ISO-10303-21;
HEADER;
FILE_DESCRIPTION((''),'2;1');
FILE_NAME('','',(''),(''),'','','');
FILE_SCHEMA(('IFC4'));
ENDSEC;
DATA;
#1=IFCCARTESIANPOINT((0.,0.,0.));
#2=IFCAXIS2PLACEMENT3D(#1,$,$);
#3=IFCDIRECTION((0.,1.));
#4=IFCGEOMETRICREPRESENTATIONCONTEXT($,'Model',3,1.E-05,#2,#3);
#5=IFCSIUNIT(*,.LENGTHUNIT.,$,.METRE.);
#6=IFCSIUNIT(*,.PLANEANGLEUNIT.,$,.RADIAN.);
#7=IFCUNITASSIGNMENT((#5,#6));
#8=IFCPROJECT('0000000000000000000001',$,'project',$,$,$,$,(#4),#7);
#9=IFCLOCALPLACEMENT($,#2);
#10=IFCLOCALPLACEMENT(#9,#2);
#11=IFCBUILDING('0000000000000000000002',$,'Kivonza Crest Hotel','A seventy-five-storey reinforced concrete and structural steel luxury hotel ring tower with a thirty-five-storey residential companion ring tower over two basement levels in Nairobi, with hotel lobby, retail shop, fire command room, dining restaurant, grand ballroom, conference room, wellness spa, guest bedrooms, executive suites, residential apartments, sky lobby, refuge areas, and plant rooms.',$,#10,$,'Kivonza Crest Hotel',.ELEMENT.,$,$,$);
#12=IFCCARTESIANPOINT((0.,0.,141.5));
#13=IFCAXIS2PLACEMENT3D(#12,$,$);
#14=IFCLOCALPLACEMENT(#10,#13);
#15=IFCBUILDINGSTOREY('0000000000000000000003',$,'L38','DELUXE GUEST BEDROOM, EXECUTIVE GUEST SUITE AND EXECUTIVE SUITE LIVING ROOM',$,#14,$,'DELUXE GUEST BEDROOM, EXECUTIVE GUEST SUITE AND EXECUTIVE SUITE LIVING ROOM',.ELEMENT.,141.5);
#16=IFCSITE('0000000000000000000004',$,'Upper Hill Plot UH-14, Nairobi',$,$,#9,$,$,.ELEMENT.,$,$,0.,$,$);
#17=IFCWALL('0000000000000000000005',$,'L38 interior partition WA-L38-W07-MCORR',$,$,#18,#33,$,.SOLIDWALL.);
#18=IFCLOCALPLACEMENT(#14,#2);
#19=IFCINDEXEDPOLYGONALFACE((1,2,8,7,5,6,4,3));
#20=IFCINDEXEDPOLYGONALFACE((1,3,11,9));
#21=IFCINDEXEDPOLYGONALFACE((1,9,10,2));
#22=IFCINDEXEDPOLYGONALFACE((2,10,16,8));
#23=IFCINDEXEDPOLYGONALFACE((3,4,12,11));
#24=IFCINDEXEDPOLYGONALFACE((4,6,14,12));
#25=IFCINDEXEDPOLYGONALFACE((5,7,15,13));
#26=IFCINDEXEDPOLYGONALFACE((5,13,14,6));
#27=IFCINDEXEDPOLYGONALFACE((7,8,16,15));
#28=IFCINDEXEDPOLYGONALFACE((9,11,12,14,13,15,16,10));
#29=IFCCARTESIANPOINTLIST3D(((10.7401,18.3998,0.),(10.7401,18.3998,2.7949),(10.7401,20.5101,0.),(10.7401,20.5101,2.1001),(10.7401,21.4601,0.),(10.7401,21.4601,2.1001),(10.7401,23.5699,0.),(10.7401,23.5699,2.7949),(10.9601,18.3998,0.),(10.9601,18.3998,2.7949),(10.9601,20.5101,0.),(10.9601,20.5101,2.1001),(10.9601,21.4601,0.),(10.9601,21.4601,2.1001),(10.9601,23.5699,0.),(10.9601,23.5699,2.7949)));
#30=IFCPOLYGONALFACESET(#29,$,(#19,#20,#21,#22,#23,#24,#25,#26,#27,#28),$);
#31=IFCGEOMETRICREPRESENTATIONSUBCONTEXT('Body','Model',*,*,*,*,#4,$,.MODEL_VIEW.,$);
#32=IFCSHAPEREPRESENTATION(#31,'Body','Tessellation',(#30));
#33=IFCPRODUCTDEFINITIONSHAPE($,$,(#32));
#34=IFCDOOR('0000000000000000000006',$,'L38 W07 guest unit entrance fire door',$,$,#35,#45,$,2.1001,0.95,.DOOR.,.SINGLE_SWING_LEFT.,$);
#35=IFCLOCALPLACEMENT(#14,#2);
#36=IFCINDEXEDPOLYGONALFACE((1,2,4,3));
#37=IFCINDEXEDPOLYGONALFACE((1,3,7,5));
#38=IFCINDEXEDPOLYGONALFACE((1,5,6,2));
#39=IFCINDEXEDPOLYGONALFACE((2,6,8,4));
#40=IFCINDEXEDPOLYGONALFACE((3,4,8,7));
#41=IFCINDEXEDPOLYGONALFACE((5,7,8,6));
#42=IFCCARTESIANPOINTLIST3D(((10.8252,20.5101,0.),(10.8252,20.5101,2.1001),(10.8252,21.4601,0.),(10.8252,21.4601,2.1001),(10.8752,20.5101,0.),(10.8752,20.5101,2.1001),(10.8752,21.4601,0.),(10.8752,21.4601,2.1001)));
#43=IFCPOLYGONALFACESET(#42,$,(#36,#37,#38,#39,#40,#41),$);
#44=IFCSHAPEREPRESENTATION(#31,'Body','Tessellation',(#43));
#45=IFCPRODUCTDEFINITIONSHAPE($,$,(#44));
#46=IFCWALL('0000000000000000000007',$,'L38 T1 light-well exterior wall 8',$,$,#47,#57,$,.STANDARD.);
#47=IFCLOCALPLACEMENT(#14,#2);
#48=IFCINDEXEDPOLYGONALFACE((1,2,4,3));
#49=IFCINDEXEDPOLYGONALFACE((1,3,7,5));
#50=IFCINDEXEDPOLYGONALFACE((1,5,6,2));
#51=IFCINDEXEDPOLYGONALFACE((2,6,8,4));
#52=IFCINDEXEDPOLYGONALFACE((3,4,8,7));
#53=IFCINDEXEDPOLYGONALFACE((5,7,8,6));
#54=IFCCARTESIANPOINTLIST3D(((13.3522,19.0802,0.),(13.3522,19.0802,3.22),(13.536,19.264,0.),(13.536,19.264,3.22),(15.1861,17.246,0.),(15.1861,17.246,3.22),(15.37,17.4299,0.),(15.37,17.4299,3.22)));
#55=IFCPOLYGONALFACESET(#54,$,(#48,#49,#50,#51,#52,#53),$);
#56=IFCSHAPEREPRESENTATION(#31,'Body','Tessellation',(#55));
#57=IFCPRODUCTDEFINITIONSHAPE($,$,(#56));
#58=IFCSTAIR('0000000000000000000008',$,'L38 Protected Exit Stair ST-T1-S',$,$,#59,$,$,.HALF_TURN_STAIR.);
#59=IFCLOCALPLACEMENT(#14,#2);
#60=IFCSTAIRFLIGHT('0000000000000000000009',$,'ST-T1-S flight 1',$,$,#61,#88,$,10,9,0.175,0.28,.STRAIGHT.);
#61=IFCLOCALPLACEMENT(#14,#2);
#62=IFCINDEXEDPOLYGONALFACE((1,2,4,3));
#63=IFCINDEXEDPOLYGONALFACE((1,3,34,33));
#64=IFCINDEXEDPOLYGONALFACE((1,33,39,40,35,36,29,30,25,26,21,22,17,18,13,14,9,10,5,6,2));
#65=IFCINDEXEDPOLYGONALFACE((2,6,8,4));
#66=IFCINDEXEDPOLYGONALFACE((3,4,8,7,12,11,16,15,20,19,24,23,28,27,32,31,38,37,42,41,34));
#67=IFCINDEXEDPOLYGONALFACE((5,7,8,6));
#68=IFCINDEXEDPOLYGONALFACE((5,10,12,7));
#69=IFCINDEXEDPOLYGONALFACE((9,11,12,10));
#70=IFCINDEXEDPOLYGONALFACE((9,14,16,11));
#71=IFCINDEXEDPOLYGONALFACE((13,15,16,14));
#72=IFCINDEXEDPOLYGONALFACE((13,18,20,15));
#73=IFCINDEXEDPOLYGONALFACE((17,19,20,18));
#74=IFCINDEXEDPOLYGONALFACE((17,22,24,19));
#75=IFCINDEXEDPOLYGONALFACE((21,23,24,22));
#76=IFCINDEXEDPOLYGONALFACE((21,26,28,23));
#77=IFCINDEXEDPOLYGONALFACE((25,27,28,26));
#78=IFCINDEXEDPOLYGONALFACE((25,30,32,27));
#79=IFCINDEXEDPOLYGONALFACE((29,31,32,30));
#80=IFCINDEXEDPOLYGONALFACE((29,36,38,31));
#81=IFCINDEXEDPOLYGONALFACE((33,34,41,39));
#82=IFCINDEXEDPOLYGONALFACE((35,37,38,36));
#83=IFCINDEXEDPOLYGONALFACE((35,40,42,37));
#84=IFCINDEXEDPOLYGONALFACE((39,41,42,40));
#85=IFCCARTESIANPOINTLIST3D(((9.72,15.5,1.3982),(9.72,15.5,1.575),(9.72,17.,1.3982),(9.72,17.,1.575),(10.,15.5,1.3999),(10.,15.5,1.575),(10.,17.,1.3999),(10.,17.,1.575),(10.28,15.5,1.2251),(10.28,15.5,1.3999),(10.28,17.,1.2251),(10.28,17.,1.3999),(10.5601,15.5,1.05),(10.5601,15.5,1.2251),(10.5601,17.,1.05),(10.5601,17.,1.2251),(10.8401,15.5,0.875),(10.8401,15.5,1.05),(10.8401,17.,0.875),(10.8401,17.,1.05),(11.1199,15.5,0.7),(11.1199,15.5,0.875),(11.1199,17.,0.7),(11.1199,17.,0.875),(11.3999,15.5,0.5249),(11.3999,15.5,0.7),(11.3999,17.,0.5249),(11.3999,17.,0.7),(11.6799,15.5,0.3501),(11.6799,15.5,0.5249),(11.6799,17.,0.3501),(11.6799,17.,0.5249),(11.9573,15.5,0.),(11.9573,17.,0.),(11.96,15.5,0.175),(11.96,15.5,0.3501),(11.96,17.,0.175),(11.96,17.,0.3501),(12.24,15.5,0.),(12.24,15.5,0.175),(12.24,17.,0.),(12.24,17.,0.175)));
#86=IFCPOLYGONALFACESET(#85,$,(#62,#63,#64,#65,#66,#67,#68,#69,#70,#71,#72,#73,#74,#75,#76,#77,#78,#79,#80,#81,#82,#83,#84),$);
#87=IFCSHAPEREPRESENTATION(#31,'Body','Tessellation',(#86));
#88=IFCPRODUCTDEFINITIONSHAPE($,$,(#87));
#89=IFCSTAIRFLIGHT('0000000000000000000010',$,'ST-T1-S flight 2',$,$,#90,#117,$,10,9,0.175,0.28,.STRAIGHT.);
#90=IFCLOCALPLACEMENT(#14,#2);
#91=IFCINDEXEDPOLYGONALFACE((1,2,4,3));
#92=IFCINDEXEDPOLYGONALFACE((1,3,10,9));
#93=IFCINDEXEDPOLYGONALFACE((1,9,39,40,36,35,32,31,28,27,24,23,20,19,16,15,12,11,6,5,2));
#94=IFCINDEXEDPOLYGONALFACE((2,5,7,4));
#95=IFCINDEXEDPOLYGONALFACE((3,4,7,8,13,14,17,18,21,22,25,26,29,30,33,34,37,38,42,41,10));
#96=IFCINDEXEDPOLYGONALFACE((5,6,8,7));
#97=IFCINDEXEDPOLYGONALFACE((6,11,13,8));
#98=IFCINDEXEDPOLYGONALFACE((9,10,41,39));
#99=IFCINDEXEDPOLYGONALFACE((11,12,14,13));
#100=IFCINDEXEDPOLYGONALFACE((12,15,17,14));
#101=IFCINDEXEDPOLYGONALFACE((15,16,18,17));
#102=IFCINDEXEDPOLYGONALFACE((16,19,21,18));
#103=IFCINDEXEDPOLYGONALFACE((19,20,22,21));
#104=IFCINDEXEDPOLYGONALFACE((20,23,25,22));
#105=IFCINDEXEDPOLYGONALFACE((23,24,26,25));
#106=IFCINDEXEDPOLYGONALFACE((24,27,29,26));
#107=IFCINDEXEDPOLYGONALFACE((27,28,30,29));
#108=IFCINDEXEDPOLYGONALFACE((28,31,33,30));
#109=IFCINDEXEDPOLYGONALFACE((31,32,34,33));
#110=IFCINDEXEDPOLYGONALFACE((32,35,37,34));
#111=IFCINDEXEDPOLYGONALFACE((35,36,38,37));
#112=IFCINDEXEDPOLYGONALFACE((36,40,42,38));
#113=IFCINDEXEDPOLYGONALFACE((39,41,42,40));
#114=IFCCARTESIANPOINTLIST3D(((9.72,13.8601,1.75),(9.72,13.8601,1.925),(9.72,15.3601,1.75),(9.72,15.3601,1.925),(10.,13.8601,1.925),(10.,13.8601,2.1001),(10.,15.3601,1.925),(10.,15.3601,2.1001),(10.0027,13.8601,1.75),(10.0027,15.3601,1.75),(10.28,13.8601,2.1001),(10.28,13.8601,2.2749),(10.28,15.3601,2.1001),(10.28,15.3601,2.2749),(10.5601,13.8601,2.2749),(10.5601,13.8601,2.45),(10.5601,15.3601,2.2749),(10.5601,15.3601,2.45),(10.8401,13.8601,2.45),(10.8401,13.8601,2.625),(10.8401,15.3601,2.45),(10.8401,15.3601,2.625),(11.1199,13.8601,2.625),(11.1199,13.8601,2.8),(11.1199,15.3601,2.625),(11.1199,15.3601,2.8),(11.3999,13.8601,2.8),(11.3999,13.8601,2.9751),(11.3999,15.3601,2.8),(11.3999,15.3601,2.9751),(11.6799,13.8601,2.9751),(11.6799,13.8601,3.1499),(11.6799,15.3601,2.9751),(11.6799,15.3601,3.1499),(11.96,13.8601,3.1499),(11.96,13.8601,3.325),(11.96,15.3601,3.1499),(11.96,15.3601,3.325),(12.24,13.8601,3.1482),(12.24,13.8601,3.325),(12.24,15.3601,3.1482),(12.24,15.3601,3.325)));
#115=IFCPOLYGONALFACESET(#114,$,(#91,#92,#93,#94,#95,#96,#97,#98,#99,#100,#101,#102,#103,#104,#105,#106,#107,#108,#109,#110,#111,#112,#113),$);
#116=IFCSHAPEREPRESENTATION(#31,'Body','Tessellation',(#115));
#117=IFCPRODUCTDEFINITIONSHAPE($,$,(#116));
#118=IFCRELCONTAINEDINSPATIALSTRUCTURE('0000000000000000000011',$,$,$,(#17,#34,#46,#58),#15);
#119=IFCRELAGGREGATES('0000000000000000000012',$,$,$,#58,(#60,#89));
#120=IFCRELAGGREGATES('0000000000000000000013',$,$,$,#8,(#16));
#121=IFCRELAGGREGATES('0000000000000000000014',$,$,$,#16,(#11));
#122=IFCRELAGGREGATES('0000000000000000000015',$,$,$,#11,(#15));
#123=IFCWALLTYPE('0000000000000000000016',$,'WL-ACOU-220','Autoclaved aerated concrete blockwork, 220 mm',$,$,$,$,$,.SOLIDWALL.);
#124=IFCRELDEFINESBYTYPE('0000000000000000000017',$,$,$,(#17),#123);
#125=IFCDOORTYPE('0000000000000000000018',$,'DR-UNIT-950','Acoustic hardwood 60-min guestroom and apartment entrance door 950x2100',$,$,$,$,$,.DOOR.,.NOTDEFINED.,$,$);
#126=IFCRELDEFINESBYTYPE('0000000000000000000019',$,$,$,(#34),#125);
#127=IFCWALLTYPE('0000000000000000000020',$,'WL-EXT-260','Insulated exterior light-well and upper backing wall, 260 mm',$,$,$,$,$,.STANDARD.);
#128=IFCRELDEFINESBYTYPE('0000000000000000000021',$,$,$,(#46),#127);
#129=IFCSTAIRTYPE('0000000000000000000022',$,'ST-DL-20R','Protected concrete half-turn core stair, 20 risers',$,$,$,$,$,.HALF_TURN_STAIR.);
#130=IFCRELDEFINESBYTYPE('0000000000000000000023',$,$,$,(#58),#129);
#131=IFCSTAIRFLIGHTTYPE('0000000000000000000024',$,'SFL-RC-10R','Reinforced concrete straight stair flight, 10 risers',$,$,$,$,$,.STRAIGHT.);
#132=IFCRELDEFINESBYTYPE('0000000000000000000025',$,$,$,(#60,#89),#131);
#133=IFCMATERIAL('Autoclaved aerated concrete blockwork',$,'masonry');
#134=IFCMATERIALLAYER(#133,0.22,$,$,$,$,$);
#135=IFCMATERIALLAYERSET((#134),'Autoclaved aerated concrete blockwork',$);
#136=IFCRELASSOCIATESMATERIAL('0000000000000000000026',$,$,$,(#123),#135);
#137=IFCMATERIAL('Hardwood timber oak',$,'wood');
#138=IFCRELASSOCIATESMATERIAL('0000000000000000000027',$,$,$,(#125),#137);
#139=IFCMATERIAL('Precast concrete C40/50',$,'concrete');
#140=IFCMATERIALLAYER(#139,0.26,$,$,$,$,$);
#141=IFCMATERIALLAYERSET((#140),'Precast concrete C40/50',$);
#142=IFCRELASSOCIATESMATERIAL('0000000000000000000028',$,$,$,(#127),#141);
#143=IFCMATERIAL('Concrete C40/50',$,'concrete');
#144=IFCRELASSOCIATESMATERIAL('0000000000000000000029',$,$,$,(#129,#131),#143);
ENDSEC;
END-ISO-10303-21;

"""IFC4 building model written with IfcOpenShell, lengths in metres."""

from ifc_helpers import new_model, si_unit, direction, frame, frame_2d, origin, place, context, subcontext, project, spatial, polyline, rectangle, outline, extrude, material, layer, layer_set, type_object, element, fill, aggregate, save


model = new_model("IFC4")

# Units and contexts
model_context = context("Model", 3, precision=1e-05, world=origin(), true_north=direction((0.0, 1.0)))
body_context = subcontext(model_context, "Body", "Model", "MODEL_VIEW")
ifc_project = project(units=[si_unit("LENGTHUNIT", "METRE"), si_unit("PLANEANGLEUNIT", "RADIAN")], contexts=[model_context])

# Site, building, storey
site_placement = place(None, origin())
site = spatial("IfcSite", under=ifc_project, at=site_placement, Name="Upper Hill Plot UH-14, Nairobi", CompositionType="ELEMENT", RefElevation=0.0)
building_placement = place(site_placement, origin())
building = spatial("IfcBuilding", under=site, at=building_placement, Name="Kivonza Crest Hotel", Description="A seventy-five-storey reinforced concrete and structural steel luxury hotel ring tower with a thirty-five-storey residential companion ring tower over two basement levels in Nairobi, with hotel lobby, retail shop, fire command room, dining restaurant, grand ballroom, conference room, wellness spa, guest bedrooms, executive suites, residential apartments, sky lobby, refuge areas, and plant rooms.", LongName="Kivonza Crest Hotel", CompositionType="ELEMENT")
storey_placement = place(building_placement, frame((0.0, 0.0, 141.5)))
storey = spatial("IfcBuildingStorey", under=building, at=storey_placement, Name="L38", Description="DELUXE GUEST BEDROOM, EXECUTIVE GUEST SUITE AND EXECUTIVE SUITE LIVING ROOM", LongName="DELUXE GUEST BEDROOM, EXECUTIVE GUEST SUITE AND EXECUTIVE SUITE LIVING ROOM", CompositionType="ELEMENT", Elevation=141.5)

# Shared definitions
ifc_material_1 = material(Name="Autoclaved aerated concrete blockwork", Category="masonry")
ifc_layer_1 = layer(ifc_material_1, 0.22)
ifc_layer_set_1 = layer_set([ifc_layer_1], Name="Autoclaved aerated concrete blockwork")
wall_type_1 = type_object("IfcWallType", Name="WL-ACOU-220", Description="Autoclaved aerated concrete blockwork, 220 mm", PredefinedType="SOLIDWALL", material=ifc_layer_set_1)
ifc_material_2 = material(Name="Hardwood timber oak", Category="wood")
door_type_1 = type_object("IfcDoorType", Name="DR-UNIT-950", Description="Acoustic hardwood 60-min guestroom and apartment entrance door 950x2100", OperationType="NOTDEFINED", PredefinedType="DOOR", material=ifc_material_2)

# Wall, opening, door
wall_1_placement = place(storey_placement, frame((10.8501, 18.3999, 0.0), z_axis=(0.0, 0.0, 1.0), x_axis=(0.0, 1.0, 0.0)))
wall_1 = element("IfcWall", 1, at=wall_1_placement, inside=storey, type_object=wall_type_1, Name="L38 interior partition WA-L38-W07-MCORR", PredefinedType="SOLIDWALL", context=body_context, shape_type="SweptSolid", body=[
    extrude(rectangle(XDim=5.1702, YDim=0.22, at=frame_2d((2.585, 0.0))), origin(), (0.0, 0.0, 1.0), 2.7949),
])
opening_1_placement = place(wall_1_placement, frame((2.1101, 0.0, 0.0)))
opening_1 = element("IfcOpeningElement", 2, at=opening_1_placement, cuts=wall_1, PredefinedType="OPENING", context=body_context, shape_type="SweptSolid", body=[
    extrude(rectangle(XDim=0.95, YDim=2.1001, at=frame_2d((0.4751, 1.05))), frame((0.0, 0.1201, 0.0), z_axis=(0.0, -1.0, 0.0), x_axis=(1.0, 0.0, 0.0)), (0.0, 0.0, 1.0), 0.24),
])
door_1_placement = place(opening_1_placement, origin())
door_1 = element("IfcDoor", 3, at=door_1_placement, inside=storey, type_object=door_type_1, Name="L38 W07 guest unit entrance fire door", OperationType="SINGLE_SWING_LEFT", OverallHeight=2.1001, OverallWidth=0.95, PredefinedType="DOOR", context=body_context, shape_type="SweptSolid", body=[
    extrude(rectangle(XDim=0.95, YDim=2.1001, at=frame_2d((0.4751, 1.05))), frame((0.0, 0.0249, 0.0), z_axis=(0.0, -1.0, 0.0), x_axis=(1.0, 0.0, 0.0)), (0.0, 0.0, 1.0), 0.05),
])
fill(opening_1, door_1)

# Wall
ifc_material_3 = material(Name="Precast concrete C40/50", Category="concrete")
ifc_layer_2 = layer(ifc_material_3, 0.26)
ifc_layer_set_2 = layer_set([ifc_layer_2], Name="Precast concrete C40/50")
wall_type_2 = type_object("IfcWallType", Name="WL-EXT-260", Description="Insulated exterior light-well and upper backing wall, 260 mm", PredefinedType="STANDARD", material=ifc_layer_set_2)
wall_2_placement = place(storey_placement, frame((13.4441, 19.1721, 0.0), z_axis=(0.0, 0.0, 1.0), x_axis=(0.70706, -0.707154, 0.0)))
element("IfcWall", 4, at=wall_2_placement, inside=storey, type_object=wall_type_2, Name="L38 T1 light-well exterior wall 8", PredefinedType="STANDARD", context=body_context, shape_type="SweptSolid", body=[
    extrude(rectangle(XDim=2.5938, YDim=0.26, at=frame_2d((1.2969, 0.0))), origin(), (0.0, 0.0, 1.0), 3.22),
])

# Stair, stair flights
ifc_material_4 = material(Name="Concrete C40/50", Category="concrete")
stair_type = type_object("IfcStairType", Name="ST-DL-20R", Description="Protected concrete half-turn core stair, 20 risers", PredefinedType="HALF_TURN_STAIR", material=ifc_material_4)
stair_placement = place(storey_placement, origin())
stair = element("IfcStair", 5, at=stair_placement, inside=storey, type_object=stair_type, Name="L38 Protected Exit Stair ST-T1-S", PredefinedType="HALF_TURN_STAIR")
stair_flight_type = type_object("IfcStairFlightType", Name="SFL-RC-10R", Description="Reinforced concrete straight stair flight, 10 risers", PredefinedType="STRAIGHT", material=ifc_material_4)
stair_flight_1_placement = place(storey_placement, frame((12.24, 16.25, 0.0), z_axis=(0.0, 0.0, 1.0), x_axis=(-1.0, 0.0, 0.0)))
stair_flight_1 = element("IfcStairFlight", 6, at=stair_flight_1_placement, type_object=stair_flight_type, Name="ST-T1-S flight 1", NumberOfRisers=10, NumberOfTreads=9, PredefinedType="STRAIGHT", RiserHeight=0.175, TreadLength=0.28, context=body_context, shape_type="SweptSolid", body=[
    extrude(outline(polyline([(0.0, 0.0), (0.0, 0.175), (0.28, 0.175), (0.28, 0.3501), (0.5601, 0.3501), (0.5601, 0.5249), (0.8401, 0.5249), (0.8401, 0.7), (1.1201, 0.7), (1.1201, 0.875), (1.3999, 0.875), (1.3999, 1.05), (1.6799, 1.05), (1.6799, 1.2251), (1.96, 1.2251), (1.96, 1.3999), (2.24, 1.3999), (2.24, 1.575), (2.52, 1.575), (2.52, 1.75), (2.52, 1.3982), (0.2827, 0.0), (0.0, 0.0)])), frame((0.0, 0.75, 0.0), z_axis=(0.0, -1.0, 0.0), x_axis=(1.0, 0.0, 0.0)), (0.0, 0.0, 1.0), 1.5),
])
stair_flight_2_placement = place(storey_placement, frame((9.72, 14.6101, 1.75), z_axis=(0.0, 0.0, 1.0), x_axis=(1.0, 0.0, 0.0)))
stair_flight_2 = element("IfcStairFlight", 7, at=stair_flight_2_placement, type_object=stair_flight_type, Name="ST-T1-S flight 2", NumberOfRisers=10, NumberOfTreads=9, PredefinedType="STRAIGHT", RiserHeight=0.175, TreadLength=0.28, context=body_context, shape_type="SweptSolid", body=[
    extrude(outline(polyline([(0.0, 0.0), (0.0, 0.175), (0.28, 0.175), (0.28, 0.3501), (0.5601, 0.3501), (0.5601, 0.5249), (0.8401, 0.5249), (0.8401, 0.7), (1.1201, 0.7), (1.1201, 0.875), (1.3999, 0.875), (1.3999, 1.05), (1.6799, 1.05), (1.6799, 1.2251), (1.96, 1.2251), (1.96, 1.3999), (2.24, 1.3999), (2.24, 1.575), (2.52, 1.575), (2.52, 1.75), (2.52, 1.3982), (0.2827, 0.0), (0.0, 0.0)])), frame((0.0, 0.75, 0.0), z_axis=(0.0, -1.0, 0.0), x_axis=(1.0, 0.0, 0.0)), (0.0, 0.0, 1.0), 1.5),
])
aggregate(stair, [stair_flight_1, stair_flight_2])

save(model, "model.ifc")
